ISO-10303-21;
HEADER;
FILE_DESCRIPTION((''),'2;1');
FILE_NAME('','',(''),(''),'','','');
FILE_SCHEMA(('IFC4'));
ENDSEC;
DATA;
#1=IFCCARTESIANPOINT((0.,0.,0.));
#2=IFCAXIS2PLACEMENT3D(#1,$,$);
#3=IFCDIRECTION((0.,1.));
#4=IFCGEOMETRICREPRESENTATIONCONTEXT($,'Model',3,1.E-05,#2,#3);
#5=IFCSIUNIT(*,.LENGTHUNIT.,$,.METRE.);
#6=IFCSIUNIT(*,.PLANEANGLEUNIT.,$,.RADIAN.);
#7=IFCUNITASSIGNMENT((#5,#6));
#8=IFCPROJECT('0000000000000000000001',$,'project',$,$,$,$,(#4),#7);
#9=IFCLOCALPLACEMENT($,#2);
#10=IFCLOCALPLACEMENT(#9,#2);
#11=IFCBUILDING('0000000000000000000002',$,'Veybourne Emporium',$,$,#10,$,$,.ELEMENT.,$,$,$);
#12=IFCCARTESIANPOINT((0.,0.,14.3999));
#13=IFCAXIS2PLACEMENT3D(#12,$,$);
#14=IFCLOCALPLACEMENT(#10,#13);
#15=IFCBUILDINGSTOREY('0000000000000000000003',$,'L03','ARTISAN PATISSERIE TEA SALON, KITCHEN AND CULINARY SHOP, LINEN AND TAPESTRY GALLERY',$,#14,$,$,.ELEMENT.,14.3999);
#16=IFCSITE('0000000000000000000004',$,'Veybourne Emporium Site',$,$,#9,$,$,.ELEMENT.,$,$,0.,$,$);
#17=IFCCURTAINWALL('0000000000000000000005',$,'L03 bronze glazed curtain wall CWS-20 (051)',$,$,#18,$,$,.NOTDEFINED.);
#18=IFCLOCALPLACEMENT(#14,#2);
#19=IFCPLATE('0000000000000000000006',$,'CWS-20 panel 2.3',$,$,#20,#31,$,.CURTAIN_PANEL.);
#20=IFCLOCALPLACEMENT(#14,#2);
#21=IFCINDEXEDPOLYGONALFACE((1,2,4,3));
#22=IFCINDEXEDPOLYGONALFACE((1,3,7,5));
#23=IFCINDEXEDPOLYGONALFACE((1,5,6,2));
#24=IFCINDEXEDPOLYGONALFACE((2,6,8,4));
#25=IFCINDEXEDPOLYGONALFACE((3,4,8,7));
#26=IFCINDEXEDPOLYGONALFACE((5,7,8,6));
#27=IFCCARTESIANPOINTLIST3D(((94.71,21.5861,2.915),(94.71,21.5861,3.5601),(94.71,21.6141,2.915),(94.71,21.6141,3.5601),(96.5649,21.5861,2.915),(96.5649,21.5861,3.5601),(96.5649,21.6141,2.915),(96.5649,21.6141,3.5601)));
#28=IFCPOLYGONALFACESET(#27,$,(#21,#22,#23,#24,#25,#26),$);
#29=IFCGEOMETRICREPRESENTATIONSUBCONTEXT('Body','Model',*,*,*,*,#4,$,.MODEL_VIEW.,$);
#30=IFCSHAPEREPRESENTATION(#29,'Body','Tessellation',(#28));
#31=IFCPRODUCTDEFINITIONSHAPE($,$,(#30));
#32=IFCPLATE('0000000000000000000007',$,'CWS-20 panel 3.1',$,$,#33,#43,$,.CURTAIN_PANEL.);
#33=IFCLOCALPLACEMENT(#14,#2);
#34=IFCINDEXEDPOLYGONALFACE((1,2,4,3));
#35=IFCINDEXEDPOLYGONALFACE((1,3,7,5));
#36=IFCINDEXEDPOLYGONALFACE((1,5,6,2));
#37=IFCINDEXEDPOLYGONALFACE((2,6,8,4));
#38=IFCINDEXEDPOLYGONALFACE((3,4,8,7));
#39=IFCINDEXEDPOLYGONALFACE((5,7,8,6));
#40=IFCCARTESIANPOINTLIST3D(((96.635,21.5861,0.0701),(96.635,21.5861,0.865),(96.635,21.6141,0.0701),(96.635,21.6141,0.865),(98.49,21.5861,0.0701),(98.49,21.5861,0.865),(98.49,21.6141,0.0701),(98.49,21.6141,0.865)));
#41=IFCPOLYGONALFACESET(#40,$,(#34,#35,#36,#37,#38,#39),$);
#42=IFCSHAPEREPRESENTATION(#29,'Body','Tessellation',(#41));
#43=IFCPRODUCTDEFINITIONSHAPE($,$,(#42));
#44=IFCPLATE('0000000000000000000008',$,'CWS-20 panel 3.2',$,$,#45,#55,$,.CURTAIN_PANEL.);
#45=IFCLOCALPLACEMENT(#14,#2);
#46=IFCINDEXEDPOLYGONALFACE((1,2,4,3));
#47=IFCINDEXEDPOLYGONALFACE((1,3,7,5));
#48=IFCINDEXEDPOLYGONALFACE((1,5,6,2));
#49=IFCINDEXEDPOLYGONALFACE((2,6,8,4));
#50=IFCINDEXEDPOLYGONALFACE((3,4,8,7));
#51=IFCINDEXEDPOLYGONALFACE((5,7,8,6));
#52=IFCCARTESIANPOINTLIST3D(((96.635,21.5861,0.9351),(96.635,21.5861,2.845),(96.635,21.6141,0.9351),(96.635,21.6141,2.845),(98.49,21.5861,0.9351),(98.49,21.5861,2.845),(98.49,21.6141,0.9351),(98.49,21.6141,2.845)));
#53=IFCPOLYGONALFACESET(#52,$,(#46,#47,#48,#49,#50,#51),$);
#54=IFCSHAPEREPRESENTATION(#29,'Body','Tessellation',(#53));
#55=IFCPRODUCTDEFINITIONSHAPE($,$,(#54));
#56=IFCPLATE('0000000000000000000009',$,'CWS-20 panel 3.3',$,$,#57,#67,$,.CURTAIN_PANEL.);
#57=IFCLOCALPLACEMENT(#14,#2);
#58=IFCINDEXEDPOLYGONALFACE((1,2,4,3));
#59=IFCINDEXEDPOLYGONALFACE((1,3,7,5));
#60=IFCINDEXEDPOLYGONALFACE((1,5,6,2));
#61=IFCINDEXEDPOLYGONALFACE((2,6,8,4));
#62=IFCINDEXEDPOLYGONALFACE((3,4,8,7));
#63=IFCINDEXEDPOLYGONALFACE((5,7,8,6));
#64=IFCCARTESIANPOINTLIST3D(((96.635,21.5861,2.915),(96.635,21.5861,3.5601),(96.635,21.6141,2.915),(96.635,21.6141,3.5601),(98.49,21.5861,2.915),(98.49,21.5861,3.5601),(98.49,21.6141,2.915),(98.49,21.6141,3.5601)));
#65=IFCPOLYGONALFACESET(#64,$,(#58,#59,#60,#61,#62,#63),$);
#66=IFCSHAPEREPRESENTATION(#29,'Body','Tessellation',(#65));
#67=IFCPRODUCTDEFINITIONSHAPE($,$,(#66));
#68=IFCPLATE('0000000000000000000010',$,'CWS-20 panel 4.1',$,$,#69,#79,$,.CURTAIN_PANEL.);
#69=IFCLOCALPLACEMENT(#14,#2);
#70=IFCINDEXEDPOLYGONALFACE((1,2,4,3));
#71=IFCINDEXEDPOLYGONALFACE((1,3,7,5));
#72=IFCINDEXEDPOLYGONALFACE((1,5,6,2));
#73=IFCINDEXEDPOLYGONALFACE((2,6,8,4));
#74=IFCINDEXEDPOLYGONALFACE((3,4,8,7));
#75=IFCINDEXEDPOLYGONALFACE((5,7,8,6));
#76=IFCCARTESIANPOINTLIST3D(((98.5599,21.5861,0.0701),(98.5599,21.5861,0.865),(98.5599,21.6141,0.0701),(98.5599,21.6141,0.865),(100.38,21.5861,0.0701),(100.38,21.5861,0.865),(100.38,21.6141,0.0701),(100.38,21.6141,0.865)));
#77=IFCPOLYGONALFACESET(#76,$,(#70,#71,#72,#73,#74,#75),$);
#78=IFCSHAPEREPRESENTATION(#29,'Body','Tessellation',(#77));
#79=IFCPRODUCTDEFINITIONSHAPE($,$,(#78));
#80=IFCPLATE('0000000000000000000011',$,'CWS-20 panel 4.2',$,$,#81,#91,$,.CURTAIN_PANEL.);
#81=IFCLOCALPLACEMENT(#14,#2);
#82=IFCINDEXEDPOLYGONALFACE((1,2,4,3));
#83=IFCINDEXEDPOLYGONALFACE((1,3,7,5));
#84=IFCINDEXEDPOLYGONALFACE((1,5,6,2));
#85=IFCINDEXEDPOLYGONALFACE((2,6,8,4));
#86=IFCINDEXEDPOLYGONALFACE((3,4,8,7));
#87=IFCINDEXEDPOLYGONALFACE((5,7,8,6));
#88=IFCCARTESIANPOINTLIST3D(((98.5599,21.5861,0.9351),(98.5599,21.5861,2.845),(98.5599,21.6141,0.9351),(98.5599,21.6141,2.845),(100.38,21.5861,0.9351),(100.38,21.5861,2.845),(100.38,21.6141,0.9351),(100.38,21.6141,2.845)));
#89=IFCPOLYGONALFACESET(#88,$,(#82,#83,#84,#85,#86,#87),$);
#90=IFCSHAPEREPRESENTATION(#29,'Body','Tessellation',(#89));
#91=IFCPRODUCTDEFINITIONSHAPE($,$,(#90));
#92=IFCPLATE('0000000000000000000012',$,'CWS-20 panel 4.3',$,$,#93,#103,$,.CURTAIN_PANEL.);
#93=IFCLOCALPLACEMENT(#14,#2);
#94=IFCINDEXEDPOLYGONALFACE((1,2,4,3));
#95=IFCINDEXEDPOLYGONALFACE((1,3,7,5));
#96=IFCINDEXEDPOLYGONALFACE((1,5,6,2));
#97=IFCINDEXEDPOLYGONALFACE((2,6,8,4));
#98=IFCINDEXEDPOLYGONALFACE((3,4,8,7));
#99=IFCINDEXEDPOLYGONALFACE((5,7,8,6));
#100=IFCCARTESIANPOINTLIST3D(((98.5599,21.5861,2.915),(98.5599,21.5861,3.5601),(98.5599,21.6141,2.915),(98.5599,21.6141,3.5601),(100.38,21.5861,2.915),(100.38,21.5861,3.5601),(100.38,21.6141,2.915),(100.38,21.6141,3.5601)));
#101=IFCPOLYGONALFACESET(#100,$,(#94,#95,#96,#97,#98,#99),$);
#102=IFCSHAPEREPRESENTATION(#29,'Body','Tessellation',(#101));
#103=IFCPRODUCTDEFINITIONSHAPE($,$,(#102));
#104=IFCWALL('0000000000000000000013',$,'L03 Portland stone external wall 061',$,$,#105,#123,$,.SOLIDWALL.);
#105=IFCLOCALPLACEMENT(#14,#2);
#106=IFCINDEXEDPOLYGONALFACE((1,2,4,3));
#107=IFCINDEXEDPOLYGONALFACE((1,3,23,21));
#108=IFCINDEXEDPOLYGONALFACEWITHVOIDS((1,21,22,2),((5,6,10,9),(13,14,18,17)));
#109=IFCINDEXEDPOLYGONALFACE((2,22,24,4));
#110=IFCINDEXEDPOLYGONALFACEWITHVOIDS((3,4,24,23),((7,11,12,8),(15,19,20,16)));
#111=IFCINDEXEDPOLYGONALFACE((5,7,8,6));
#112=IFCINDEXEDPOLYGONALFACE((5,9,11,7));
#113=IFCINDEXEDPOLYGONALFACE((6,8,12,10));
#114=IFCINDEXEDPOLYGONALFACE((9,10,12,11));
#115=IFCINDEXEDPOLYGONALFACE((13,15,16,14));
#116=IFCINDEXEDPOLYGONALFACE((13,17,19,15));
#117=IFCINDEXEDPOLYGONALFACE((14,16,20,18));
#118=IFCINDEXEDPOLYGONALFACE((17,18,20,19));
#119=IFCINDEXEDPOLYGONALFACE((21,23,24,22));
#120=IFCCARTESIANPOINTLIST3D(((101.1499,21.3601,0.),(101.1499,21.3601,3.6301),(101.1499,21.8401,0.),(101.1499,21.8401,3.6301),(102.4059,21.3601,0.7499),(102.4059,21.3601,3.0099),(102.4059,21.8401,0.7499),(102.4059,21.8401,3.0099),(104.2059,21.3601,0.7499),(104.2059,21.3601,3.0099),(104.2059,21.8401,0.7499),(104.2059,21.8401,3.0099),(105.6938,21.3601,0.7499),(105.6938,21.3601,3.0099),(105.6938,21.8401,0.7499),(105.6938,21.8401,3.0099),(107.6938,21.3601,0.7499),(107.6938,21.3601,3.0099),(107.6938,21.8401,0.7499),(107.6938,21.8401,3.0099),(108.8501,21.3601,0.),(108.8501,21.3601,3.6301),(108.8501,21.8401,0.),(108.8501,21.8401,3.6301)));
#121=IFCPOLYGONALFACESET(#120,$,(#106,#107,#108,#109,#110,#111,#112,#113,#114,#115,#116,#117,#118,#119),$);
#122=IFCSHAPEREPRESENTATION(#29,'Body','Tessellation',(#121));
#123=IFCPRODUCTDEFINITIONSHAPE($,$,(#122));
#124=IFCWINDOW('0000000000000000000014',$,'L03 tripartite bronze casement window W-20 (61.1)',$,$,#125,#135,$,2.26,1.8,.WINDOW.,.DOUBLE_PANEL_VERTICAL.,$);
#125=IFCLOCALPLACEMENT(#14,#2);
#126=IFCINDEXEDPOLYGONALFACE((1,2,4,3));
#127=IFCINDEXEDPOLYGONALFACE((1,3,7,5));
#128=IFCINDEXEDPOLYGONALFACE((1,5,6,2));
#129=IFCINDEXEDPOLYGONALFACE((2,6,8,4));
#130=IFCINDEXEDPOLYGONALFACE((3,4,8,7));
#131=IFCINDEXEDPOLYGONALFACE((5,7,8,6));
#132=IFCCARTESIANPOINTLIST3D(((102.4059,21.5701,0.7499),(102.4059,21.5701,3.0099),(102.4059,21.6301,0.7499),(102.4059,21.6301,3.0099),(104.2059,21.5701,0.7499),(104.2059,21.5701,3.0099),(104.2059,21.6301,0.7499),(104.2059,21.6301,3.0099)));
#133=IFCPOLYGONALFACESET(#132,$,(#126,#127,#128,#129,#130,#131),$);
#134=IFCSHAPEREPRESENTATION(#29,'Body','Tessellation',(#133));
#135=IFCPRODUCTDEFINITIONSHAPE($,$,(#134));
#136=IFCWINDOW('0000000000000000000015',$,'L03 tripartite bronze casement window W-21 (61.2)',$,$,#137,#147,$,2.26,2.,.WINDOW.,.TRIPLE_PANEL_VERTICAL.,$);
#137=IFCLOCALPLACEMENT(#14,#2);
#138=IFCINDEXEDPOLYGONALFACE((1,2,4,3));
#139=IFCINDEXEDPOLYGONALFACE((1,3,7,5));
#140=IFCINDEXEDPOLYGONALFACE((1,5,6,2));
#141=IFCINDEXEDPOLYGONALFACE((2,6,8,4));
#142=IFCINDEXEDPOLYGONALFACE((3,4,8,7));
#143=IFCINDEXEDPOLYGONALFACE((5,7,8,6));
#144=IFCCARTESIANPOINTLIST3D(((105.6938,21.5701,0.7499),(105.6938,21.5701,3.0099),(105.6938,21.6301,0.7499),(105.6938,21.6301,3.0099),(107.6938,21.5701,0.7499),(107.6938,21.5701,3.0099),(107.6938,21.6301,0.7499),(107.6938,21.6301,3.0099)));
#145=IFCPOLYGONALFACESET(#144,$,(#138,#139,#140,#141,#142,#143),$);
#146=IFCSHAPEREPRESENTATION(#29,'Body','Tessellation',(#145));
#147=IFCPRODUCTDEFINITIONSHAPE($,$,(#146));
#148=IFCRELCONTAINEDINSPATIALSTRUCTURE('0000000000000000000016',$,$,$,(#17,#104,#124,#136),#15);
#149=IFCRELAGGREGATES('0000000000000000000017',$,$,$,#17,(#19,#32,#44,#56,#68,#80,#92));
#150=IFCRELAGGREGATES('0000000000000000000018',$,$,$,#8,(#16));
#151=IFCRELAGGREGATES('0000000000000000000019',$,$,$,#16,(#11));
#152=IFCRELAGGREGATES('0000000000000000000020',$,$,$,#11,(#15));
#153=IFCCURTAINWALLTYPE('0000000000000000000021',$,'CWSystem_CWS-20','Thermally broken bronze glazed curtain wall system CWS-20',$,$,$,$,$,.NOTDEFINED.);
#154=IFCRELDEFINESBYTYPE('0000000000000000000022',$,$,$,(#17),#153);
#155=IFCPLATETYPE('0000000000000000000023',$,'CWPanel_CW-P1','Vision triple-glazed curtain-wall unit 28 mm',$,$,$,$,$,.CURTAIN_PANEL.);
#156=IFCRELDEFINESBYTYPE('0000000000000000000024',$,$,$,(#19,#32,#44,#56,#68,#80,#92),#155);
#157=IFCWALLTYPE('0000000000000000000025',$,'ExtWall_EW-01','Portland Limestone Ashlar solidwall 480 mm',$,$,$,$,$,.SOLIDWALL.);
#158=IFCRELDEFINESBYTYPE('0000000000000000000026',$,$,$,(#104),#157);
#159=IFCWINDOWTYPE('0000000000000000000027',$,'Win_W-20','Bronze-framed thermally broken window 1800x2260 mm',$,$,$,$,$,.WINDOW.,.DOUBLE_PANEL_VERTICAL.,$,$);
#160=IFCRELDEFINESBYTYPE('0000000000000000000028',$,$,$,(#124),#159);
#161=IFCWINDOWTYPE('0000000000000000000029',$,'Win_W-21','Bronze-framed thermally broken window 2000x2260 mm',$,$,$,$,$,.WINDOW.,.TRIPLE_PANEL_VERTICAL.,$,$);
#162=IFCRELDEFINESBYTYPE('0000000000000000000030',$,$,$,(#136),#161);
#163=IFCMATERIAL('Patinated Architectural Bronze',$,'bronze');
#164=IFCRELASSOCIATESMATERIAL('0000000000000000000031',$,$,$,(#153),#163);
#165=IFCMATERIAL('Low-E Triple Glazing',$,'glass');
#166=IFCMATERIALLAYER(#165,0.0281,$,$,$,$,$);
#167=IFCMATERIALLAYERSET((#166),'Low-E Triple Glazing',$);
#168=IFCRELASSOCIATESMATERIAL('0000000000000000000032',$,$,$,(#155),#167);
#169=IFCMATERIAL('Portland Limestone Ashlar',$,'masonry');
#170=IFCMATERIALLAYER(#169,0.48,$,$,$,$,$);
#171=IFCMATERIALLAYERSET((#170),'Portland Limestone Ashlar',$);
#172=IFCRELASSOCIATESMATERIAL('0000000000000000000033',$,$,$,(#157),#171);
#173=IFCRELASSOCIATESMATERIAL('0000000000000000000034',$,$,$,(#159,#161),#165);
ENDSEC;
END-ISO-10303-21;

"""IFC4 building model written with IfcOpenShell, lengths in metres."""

from ifc_helpers import new_model, si_unit, direction, frame, frame_2d, origin, origin_2d, place, context, subcontext, project, spatial, rectangle, extrude, material, layer, layer_set, type_object, element, fill, aggregate, save


model = new_model("IFC4")

# Units and contexts
model_context = context("Model", 3, precision=1e-05, world=origin(), true_north=direction((0.0, 1.0)))
body_context = subcontext(model_context, "Body", "Model", "MODEL_VIEW")
ifc_project = project(units=[si_unit("LENGTHUNIT", "METRE"), si_unit("PLANEANGLEUNIT", "RADIAN")], contexts=[model_context])

# Site, building, storey
site_placement = place(None, origin())
site = spatial("IfcSite", under=ifc_project, at=site_placement, Name="Veybourne Emporium Site", CompositionType="ELEMENT", RefElevation=0.0)
building_placement = place(site_placement, origin())
building = spatial("IfcBuilding", under=site, at=building_placement, Name="Veybourne Emporium", CompositionType="ELEMENT")
storey_placement = place(building_placement, frame((0.0, 0.0, 14.3999)))
storey = spatial("IfcBuildingStorey", under=building, at=storey_placement, Name="L03", Description="ARTISAN PATISSERIE TEA SALON, KITCHEN AND CULINARY SHOP, LINEN AND TAPESTRY GALLERY", CompositionType="ELEMENT", Elevation=14.3999)

# Curtain wall
ifc_material_1 = material(Name="Patinated Architectural Bronze", Category="bronze")
curtain_wall_type = type_object("IfcCurtainWallType", Name="CWSystem_CWS-20", Description="Thermally broken bronze glazed curtain wall system CWS-20", PredefinedType="NOTDEFINED", material=ifc_material_1)
curtain_wall_placement = place(storey_placement, origin())
curtain_wall = element("IfcCurtainWall", 1, at=curtain_wall_placement, inside=storey, type_object=curtain_wall_type, Name="L03 bronze glazed curtain wall CWS-20 (051)", PredefinedType="NOTDEFINED")

# Plates
ifc_material_2 = material(Name="Low-E Triple Glazing", Category="glass")
ifc_layer_1 = layer(ifc_material_2, 0.0281)
ifc_layer_set_1 = layer_set([ifc_layer_1], Name="Low-E Triple Glazing")
plate_type = type_object("IfcPlateType", Name="CWPanel_CW-P1", Description="Vision triple-glazed curtain-wall unit 28 mm", PredefinedType="CURTAIN_PANEL", material=ifc_layer_set_1)
plate_1_placement = place(storey_placement, frame((95.6375, 21.6001, 2.915), z_axis=(0.0, 0.0, 1.0), x_axis=(1.0, 0.0, 0.0)))
plate_1 = element("IfcPlate", 2, at=plate_1_placement, type_object=plate_type, Name="CWS-20 panel 2.3", PredefinedType="CURTAIN_PANEL", context=body_context, shape_type="SweptSolid", body=[
    extrude(rectangle(XDim=1.855, YDim=0.0281, at=origin_2d()), origin(), (0.0, 0.0, 1.0), 0.645),
])
plate_2_placement = place(storey_placement, frame((97.5625, 21.6001, 0.0701), z_axis=(0.0, 0.0, 1.0), x_axis=(1.0, 0.0, 0.0)))
plate_2 = element("IfcPlate", 3, at=plate_2_placement, type_object=plate_type, Name="CWS-20 panel 3.1", PredefinedType="CURTAIN_PANEL", context=body_context, shape_type="SweptSolid", body=[
    extrude(rectangle(XDim=1.855, YDim=0.0281, at=origin_2d()), origin(), (0.0, 0.0, 1.0), 0.7949),
])
plate_3_placement = place(storey_placement, frame((97.5625, 21.6001, 0.9351), z_axis=(0.0, 0.0, 1.0), x_axis=(1.0, 0.0, 0.0)))
plate_3 = element("IfcPlate", 4, at=plate_3_placement, type_object=plate_type, Name="CWS-20 panel 3.2", PredefinedType="CURTAIN_PANEL", context=body_context, shape_type="SweptSolid", body=[
    extrude(rectangle(XDim=1.855, YDim=0.0281, at=origin_2d()), origin(), (0.0, 0.0, 1.0), 1.9099),
])
plate_4_placement = place(storey_placement, frame((97.5625, 21.6001, 2.915), z_axis=(0.0, 0.0, 1.0), x_axis=(1.0, 0.0, 0.0)))
plate_4 = element("IfcPlate", 5, at=plate_4_placement, type_object=plate_type, Name="CWS-20 panel 3.3", PredefinedType="CURTAIN_PANEL", context=body_context, shape_type="SweptSolid", body=[
    extrude(rectangle(XDim=1.855, YDim=0.0281, at=origin_2d()), origin(), (0.0, 0.0, 1.0), 0.645),
])
plate_5_placement = place(storey_placement, frame((99.47, 21.6001, 0.0701), z_axis=(0.0, 0.0, 1.0), x_axis=(1.0, 0.0, 0.0)))
plate_5 = element("IfcPlate", 6, at=plate_5_placement, type_object=plate_type, Name="CWS-20 panel 4.1", PredefinedType="CURTAIN_PANEL", context=body_context, shape_type="SweptSolid", body=[
    extrude(rectangle(XDim=1.8201, YDim=0.0281, at=origin_2d()), origin(), (0.0, 0.0, 1.0), 0.7949),
])
plate_6_placement = place(storey_placement, frame((99.47, 21.6001, 0.9351), z_axis=(0.0, 0.0, 1.0), x_axis=(1.0, 0.0, 0.0)))
plate_6 = element("IfcPlate", 7, at=plate_6_placement, type_object=plate_type, Name="CWS-20 panel 4.2", PredefinedType="CURTAIN_PANEL", context=body_context, shape_type="SweptSolid", body=[
    extrude(rectangle(XDim=1.8201, YDim=0.0281, at=origin_2d()), origin(), (0.0, 0.0, 1.0), 1.9099),
])
plate_7_placement = place(storey_placement, frame((99.47, 21.6001, 2.915), z_axis=(0.0, 0.0, 1.0), x_axis=(1.0, 0.0, 0.0)))
plate_7 = element("IfcPlate", 8, at=plate_7_placement, type_object=plate_type, Name="CWS-20 panel 4.3", PredefinedType="CURTAIN_PANEL", context=body_context, shape_type="SweptSolid", body=[
    extrude(rectangle(XDim=1.8201, YDim=0.0281, at=origin_2d()), origin(), (0.0, 0.0, 1.0), 0.645),
])
aggregate(curtain_wall, [plate_1, plate_2, plate_3, plate_4, plate_5, plate_6, plate_7])

# Wall, openings, windows
ifc_material_3 = material(Name="Portland Limestone Ashlar", Category="masonry")
ifc_layer_2 = layer(ifc_material_3, 0.48)
ifc_layer_set_2 = layer_set([ifc_layer_2], Name="Portland Limestone Ashlar")
wall_type = type_object("IfcWallType", Name="ExtWall_EW-01", Description="Portland Limestone Ashlar solidwall 480 mm", PredefinedType="SOLIDWALL", material=ifc_layer_set_2)
wall_placement = place(storey_placement, frame((101.1499, 21.6001, 0.0), z_axis=(0.0, 0.0, 1.0), x_axis=(1.0, 0.0, 0.0)))
wall = element("IfcWall", 9, at=wall_placement, inside=storey, type_object=wall_type, Name="L03 Portland stone external wall 061", PredefinedType="SOLIDWALL", context=body_context, shape_type="SweptSolid", body=[
    extrude(rectangle(XDim=7.7002, YDim=0.48, at=frame_2d((3.8501, 0.0))), origin(), (0.0, 0.0, 1.0), 3.6301),
])
opening_1_placement = place(wall_placement, frame((1.2561, 0.0, 0.75)))
opening_1 = element("IfcOpeningElement", 10, at=opening_1_placement, cuts=wall, PredefinedType="OPENING", context=body_context, shape_type="SweptSolid", body=[
    extrude(rectangle(XDim=1.8, YDim=2.26, at=frame_2d((0.8999, 1.1299))), frame((0.0, 0.26, 0.0), z_axis=(0.0, -1.0, 0.0), x_axis=(1.0, 0.0, 0.0)), (0.0, 0.0, 1.0), 0.52),
])
opening_2_placement = place(wall_placement, frame((4.5439, 0.0, 0.75)))
opening_2 = element("IfcOpeningElement", 11, at=opening_2_placement, cuts=wall, PredefinedType="OPENING", context=body_context, shape_type="SweptSolid", body=[
    extrude(rectangle(XDim=2.0, YDim=2.26, at=frame_2d((1.0, 1.1299))), frame((0.0, 0.26, 0.0), z_axis=(0.0, -1.0, 0.0), x_axis=(1.0, 0.0, 0.0)), (0.0, 0.0, 1.0), 0.52),
])
window_type_1 = type_object("IfcWindowType", Name="Win_W-20", Description="Bronze-framed thermally broken window 1800x2260 mm", PartitioningType="DOUBLE_PANEL_VERTICAL", PredefinedType="WINDOW", material=ifc_material_2)
window_1_placement = place(opening_1_placement, origin())
window_1 = element("IfcWindow", 12, at=window_1_placement, inside=storey, type_object=window_type_1, Name="L03 tripartite bronze casement window W-20 (61.1)", OverallHeight=2.26, OverallWidth=1.8, PartitioningType="DOUBLE_PANEL_VERTICAL", PredefinedType="WINDOW", context=body_context, shape_type="SweptSolid", body=[
    extrude(rectangle(XDim=1.8, YDim=2.26, at=frame_2d((0.8999, 1.1299))), frame((0.0, 0.03, 0.0), z_axis=(0.0, -1.0, 0.0), x_axis=(1.0, 0.0, 0.0)), (0.0, 0.0, 1.0), 0.0601),
])
fill(opening_1, window_1)
window_type_2 = type_object("IfcWindowType", Name="Win_W-21", Description="Bronze-framed thermally broken window 2000x2260 mm", PartitioningType="TRIPLE_PANEL_VERTICAL", PredefinedType="WINDOW", material=ifc_material_2)
window_2_placement = place(opening_2_placement, origin())
window_2 = element("IfcWindow", 13, at=window_2_placement, inside=storey, type_object=window_type_2, Name="L03 tripartite bronze casement window W-21 (61.2)", OverallHeight=2.26, OverallWidth=2.0, PartitioningType="TRIPLE_PANEL_VERTICAL", PredefinedType="WINDOW", context=body_context, shape_type="SweptSolid", body=[
    extrude(rectangle(XDim=2.0, YDim=2.26, at=frame_2d((1.0, 1.1299))), frame((0.0, 0.03, 0.0), z_axis=(0.0, -1.0, 0.0), x_axis=(1.0, 0.0, 0.0)), (0.0, 0.0, 1.0), 0.0601),
])
fill(opening_2, window_2)

save(model, "model.ifc")
